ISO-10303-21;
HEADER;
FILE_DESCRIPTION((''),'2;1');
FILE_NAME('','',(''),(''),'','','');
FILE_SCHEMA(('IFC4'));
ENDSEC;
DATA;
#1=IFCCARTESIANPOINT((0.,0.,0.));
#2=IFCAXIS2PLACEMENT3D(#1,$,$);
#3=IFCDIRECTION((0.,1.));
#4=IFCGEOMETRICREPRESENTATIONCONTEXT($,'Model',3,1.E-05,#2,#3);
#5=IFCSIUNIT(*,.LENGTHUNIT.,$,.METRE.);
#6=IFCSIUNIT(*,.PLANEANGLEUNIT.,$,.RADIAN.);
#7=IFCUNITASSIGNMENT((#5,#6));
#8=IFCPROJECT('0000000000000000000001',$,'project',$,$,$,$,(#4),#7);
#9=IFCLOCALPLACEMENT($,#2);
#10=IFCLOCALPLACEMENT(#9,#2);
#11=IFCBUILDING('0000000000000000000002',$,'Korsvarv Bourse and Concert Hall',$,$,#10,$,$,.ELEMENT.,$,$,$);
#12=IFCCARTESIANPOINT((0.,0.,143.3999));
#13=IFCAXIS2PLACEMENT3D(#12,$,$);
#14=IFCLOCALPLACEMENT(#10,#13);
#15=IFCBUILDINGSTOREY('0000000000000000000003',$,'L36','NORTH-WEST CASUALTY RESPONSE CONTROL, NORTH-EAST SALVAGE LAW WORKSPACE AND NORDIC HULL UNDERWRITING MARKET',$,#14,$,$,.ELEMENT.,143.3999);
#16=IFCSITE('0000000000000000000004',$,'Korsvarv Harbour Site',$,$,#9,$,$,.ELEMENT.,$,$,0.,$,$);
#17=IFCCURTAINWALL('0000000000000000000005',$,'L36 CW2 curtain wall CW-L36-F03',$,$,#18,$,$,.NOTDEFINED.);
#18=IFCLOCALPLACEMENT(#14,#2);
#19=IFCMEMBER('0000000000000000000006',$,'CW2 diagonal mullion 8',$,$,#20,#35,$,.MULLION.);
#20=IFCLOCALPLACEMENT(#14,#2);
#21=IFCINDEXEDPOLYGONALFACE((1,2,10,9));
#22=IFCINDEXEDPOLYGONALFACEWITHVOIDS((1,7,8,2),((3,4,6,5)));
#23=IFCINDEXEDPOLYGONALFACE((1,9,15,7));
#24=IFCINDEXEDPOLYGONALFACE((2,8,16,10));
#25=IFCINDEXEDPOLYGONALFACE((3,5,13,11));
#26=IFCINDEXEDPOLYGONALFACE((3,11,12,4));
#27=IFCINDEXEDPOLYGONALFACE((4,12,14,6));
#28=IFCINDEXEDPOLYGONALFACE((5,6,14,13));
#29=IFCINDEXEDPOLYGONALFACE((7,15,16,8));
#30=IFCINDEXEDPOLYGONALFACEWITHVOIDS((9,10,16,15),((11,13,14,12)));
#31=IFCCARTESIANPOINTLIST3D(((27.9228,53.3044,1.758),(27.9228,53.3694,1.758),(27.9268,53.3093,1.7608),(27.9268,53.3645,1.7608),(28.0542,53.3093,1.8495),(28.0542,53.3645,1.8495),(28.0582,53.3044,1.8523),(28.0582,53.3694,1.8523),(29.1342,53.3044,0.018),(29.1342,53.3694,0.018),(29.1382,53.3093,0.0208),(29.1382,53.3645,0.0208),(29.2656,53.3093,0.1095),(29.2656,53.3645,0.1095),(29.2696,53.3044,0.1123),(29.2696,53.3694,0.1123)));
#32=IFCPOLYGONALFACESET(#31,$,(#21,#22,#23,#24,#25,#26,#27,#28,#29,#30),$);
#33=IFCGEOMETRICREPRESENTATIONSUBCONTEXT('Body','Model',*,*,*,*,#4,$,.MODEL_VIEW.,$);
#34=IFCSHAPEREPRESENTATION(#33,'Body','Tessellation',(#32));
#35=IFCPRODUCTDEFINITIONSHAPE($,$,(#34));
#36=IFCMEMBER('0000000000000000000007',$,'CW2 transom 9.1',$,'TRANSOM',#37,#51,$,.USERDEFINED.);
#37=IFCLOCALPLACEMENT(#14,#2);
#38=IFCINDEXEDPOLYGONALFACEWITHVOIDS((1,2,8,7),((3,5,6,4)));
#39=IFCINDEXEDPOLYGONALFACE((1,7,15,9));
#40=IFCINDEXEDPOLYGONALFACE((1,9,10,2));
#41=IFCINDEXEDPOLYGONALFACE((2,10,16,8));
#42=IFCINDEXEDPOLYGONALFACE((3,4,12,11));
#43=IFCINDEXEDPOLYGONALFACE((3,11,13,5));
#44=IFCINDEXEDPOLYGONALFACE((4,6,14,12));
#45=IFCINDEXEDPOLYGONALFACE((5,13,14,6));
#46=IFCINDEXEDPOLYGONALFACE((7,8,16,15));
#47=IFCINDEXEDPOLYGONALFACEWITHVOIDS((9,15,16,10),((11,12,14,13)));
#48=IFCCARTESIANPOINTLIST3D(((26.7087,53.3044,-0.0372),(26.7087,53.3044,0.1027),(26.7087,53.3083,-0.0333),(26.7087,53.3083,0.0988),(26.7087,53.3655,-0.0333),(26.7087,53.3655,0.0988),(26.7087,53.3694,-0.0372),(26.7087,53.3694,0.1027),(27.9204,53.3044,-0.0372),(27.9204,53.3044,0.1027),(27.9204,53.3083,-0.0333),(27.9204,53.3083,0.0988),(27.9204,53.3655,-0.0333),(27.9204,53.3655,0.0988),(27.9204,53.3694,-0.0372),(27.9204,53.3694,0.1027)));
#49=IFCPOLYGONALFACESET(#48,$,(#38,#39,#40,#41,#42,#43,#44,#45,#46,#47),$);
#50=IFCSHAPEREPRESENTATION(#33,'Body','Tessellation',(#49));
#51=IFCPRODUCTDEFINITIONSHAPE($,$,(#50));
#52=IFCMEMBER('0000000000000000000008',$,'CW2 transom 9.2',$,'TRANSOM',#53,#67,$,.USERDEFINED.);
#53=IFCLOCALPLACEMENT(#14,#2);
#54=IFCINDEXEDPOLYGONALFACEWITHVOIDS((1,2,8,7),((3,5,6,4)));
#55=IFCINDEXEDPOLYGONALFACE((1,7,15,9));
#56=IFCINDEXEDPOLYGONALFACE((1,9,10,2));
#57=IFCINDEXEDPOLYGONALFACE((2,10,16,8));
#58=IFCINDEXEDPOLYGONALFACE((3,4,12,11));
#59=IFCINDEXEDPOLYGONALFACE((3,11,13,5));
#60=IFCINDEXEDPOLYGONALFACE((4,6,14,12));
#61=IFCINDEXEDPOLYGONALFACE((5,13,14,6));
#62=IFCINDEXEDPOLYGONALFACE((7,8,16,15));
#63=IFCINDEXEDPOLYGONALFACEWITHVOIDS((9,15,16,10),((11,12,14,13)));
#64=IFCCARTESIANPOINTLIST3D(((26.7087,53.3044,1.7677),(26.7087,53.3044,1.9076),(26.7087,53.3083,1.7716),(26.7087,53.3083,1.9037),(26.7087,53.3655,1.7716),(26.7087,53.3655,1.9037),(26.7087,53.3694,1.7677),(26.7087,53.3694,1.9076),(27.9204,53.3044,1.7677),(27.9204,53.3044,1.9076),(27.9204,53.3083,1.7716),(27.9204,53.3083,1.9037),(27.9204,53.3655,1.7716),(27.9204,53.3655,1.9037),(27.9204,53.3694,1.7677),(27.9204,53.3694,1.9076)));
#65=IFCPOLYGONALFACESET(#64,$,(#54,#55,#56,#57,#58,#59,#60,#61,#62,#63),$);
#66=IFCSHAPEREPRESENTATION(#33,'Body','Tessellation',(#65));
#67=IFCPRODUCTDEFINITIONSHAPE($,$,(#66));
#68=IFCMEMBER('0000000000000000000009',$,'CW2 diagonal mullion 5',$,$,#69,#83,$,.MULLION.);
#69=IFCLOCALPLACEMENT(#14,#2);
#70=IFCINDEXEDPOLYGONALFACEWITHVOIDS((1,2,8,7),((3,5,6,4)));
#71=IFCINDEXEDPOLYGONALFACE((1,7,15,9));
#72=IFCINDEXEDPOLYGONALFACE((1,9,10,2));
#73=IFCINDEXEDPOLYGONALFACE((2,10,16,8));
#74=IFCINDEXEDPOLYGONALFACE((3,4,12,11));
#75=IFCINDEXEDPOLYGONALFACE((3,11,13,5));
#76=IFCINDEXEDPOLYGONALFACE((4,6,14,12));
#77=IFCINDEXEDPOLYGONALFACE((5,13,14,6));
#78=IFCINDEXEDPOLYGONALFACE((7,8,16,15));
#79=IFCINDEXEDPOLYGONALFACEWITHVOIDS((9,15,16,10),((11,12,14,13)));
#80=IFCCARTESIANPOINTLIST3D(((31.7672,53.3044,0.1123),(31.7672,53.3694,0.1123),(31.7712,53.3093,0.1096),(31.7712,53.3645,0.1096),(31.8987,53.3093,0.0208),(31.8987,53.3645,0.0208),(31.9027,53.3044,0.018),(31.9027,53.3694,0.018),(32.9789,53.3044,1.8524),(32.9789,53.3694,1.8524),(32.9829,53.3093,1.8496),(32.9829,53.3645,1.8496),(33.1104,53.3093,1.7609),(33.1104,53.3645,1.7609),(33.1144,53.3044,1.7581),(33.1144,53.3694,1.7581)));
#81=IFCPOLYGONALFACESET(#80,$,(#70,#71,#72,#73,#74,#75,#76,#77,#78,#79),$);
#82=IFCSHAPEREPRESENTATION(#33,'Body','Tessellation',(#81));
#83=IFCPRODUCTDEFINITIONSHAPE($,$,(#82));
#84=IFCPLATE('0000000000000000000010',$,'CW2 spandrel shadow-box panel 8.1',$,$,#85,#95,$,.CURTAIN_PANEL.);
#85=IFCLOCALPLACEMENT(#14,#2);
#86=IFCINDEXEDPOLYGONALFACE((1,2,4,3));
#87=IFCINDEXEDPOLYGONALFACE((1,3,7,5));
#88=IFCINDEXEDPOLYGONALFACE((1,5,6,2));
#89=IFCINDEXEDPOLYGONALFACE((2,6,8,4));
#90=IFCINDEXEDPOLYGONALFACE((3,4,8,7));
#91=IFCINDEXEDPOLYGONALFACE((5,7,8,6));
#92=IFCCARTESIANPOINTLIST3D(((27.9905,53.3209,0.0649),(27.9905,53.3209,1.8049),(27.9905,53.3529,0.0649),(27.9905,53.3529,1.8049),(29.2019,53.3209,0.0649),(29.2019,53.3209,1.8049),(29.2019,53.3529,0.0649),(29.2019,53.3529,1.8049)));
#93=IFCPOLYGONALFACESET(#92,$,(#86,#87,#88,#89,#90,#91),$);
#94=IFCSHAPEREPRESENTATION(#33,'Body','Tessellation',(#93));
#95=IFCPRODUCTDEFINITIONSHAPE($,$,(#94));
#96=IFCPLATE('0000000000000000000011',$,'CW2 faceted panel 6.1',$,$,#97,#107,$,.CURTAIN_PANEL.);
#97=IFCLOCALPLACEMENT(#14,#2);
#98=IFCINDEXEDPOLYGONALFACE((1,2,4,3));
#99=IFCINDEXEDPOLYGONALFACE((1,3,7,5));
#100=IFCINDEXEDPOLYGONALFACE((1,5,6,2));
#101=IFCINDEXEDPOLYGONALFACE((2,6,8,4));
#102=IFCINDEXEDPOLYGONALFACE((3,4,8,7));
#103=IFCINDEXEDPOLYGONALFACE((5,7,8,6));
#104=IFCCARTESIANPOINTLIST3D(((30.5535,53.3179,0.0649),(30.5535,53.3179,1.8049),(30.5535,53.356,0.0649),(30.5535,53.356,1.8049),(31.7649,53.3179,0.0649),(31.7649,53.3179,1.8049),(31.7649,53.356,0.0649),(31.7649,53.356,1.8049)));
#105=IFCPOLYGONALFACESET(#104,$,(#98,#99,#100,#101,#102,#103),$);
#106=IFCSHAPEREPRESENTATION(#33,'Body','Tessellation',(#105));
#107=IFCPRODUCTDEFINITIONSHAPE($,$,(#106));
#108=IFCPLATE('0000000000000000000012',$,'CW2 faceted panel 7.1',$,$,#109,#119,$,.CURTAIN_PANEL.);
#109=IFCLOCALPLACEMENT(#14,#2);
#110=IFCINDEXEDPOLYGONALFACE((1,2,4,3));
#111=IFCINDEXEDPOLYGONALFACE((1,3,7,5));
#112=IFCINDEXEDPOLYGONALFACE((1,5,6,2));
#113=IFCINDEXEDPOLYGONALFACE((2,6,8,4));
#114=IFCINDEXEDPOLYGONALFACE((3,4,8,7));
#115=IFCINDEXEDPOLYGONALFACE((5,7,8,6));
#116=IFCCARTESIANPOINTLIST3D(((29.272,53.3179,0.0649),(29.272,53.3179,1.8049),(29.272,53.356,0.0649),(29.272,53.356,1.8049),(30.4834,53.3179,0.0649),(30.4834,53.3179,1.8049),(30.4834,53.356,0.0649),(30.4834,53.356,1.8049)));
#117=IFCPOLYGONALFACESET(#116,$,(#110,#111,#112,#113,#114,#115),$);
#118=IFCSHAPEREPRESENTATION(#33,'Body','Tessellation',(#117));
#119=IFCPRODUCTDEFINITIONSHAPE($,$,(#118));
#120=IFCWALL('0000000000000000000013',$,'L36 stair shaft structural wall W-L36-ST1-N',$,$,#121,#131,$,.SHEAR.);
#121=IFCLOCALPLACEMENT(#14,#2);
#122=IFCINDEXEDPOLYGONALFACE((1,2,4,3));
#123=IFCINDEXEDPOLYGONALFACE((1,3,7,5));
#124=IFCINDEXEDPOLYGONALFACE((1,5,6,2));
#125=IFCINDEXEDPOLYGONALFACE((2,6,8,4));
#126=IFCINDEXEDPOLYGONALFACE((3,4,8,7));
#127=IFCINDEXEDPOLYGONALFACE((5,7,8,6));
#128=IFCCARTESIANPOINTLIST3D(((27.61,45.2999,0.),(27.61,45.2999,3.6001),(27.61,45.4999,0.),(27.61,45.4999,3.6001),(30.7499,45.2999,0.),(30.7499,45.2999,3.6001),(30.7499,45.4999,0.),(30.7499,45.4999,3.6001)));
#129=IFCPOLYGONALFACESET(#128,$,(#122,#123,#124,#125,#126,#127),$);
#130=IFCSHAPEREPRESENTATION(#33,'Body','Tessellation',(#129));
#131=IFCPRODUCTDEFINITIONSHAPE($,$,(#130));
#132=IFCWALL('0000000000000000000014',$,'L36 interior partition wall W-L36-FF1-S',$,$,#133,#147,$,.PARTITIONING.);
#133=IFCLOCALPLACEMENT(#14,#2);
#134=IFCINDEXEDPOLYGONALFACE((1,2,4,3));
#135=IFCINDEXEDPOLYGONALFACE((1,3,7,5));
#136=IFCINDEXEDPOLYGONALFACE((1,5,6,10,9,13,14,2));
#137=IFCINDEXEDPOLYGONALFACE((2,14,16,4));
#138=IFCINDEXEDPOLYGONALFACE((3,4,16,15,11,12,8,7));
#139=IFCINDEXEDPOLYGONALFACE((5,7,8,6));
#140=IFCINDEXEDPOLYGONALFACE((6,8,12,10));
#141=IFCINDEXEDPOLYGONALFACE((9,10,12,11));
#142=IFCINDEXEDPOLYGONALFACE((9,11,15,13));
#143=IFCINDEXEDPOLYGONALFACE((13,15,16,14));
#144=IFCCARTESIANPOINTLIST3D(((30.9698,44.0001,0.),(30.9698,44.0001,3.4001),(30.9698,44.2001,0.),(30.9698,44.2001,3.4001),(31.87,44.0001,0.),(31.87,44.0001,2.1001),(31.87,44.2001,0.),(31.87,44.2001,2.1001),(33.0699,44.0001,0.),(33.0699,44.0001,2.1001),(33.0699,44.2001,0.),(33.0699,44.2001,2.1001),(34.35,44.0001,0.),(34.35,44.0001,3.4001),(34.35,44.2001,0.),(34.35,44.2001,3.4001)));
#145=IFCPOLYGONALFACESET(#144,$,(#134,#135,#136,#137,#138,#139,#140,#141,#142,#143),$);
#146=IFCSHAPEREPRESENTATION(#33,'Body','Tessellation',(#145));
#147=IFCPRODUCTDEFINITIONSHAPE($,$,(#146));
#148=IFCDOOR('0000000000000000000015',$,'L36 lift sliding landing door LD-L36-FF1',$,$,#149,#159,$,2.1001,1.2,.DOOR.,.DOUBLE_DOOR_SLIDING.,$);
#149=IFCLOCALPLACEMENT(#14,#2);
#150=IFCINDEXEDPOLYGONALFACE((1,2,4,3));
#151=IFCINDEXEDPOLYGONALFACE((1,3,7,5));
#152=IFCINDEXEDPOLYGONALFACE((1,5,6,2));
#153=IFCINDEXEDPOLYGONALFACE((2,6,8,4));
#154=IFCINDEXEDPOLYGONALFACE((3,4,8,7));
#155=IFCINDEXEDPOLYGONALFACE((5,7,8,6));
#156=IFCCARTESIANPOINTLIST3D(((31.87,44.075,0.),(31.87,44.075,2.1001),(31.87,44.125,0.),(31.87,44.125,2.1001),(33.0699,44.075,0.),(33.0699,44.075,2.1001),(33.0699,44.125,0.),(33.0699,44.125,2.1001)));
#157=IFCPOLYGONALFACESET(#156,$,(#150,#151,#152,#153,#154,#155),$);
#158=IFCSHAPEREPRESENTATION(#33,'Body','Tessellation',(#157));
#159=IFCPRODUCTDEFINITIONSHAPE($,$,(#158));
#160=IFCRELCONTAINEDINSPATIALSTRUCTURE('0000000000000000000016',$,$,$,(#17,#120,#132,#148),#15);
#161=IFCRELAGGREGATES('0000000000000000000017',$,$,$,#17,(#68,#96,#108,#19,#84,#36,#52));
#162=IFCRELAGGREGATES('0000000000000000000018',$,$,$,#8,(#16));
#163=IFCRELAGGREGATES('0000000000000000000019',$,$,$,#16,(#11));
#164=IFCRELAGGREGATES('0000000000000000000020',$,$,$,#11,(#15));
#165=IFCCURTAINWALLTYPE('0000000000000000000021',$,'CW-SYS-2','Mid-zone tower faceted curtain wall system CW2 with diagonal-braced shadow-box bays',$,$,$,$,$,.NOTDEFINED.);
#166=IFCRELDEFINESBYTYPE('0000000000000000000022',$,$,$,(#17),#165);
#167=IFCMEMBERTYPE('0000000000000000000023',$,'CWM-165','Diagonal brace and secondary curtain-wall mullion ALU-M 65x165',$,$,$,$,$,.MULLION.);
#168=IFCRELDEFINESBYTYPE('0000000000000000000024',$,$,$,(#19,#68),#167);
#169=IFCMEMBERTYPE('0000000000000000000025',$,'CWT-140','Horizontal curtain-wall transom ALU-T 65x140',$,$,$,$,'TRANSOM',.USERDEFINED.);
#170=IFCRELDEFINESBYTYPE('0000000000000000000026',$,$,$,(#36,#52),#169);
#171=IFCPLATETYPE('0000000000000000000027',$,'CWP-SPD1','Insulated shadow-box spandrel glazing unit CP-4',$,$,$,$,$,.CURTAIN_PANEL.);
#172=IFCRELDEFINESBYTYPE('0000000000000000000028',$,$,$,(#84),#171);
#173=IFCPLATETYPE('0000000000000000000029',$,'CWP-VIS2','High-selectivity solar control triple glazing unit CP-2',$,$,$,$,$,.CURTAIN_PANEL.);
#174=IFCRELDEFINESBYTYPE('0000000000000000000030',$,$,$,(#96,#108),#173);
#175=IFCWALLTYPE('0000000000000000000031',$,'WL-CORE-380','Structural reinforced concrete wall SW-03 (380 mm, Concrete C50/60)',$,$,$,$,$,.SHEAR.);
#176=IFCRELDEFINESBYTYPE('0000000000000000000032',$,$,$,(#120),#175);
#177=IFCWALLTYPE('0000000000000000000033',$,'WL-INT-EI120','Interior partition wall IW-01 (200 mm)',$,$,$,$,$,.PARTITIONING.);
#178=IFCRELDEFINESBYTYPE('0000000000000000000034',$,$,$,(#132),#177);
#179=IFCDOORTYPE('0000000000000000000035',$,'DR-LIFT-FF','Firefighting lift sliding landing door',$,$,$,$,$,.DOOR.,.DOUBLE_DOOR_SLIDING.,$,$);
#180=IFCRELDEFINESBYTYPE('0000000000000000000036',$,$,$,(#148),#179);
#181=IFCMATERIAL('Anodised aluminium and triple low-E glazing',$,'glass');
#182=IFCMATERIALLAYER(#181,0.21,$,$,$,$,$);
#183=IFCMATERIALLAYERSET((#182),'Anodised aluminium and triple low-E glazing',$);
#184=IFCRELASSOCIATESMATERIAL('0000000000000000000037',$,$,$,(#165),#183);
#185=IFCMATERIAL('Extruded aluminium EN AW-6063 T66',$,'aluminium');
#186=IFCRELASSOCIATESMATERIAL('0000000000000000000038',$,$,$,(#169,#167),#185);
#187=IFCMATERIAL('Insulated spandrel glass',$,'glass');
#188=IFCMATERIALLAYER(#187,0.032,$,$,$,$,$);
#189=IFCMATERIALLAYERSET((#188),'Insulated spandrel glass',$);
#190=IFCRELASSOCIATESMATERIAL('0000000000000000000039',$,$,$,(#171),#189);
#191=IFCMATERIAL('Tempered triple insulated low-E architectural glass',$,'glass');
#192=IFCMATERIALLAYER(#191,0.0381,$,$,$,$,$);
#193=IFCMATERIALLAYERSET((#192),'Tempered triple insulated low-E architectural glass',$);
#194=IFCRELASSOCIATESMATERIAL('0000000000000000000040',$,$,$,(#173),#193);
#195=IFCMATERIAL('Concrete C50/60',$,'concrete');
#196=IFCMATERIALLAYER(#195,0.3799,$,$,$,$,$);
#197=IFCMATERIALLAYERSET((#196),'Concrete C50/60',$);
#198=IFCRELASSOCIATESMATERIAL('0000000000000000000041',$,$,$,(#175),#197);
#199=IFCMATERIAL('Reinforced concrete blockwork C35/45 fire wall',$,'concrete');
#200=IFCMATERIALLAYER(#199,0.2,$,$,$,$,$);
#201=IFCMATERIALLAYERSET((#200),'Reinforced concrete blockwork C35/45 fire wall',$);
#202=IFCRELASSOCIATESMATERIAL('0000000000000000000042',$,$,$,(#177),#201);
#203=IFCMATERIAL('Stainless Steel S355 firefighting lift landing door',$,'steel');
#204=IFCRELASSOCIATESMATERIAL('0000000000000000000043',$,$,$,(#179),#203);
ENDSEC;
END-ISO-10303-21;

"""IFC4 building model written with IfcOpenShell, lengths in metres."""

from ifc_helpers import new_model, si_unit, direction, frame, frame_2d, origin, origin_2d, place, context, subcontext, project, spatial, rectangle, hollow_rectangle, extrude, source, transform, mapped, material, layer, layer_set, material_profile, profile_set, type_object, element, fill, aggregate, save


model = new_model("IFC4")

# Units and contexts
model_context = context("Model", 3, precision=1e-05, world=origin(), true_north=direction((0.0, 1.0)))
body_context = subcontext(model_context, "Body", "Model", "MODEL_VIEW")
ifc_project = project(units=[si_unit("LENGTHUNIT", "METRE"), si_unit("PLANEANGLEUNIT", "RADIAN")], contexts=[model_context])

# Site, building, storey
site_placement = place(None, origin())
site = spatial("IfcSite", under=ifc_project, at=site_placement, Name="Korsvarv Harbour Site", CompositionType="ELEMENT", RefElevation=0.0)
building_placement = place(site_placement, origin())
building = spatial("IfcBuilding", under=site, at=building_placement, Name="Korsvarv Bourse and Concert Hall", CompositionType="ELEMENT")
storey_placement = place(building_placement, frame((0.0, 0.0, 143.3999)))
storey = spatial("IfcBuildingStorey", under=building, at=storey_placement, Name="L36", Description="NORTH-WEST CASUALTY RESPONSE CONTROL, NORTH-EAST SALVAGE LAW WORKSPACE AND NORDIC HULL UNDERWRITING MARKET", CompositionType="ELEMENT", Elevation=143.3999)

# Curtain wall, members, plates
ifc_material_1 = material(Name="Anodised aluminium and triple low-E glazing", Category="glass")
ifc_layer_1 = layer(ifc_material_1, 0.21)
ifc_layer_set_1 = layer_set([ifc_layer_1], Name="Anodised aluminium and triple low-E glazing")
curtain_wall_type = type_object("IfcCurtainWallType", Name="CW-SYS-2", Description="Mid-zone tower faceted curtain wall system CW2 with diagonal-braced shadow-box bays", PredefinedType="NOTDEFINED", material=ifc_layer_set_1)
curtain_wall_placement = place(storey_placement, origin())
curtain_wall = element("IfcCurtainWall", 1, at=curtain_wall_placement, inside=storey, type_object=curtain_wall_type, Name="L36 CW2 curtain wall CW-L36-F03", PredefinedType="NOTDEFINED")
ifc_material_2 = material(Name="Extruded aluminium EN AW-6063 T66", Category="aluminium")
ifc_material_profile_1 = material_profile(ifc_material_2, hollow_rectangle(XDim=0.0649, YDim=0.1399, WallThickness=0.0039, at=origin_2d()), Name="ALU-T 65x140")
ifc_profile_set_1 = profile_set([ifc_material_profile_1], Name="Extruded aluminium EN AW-6063 T66")
member_type_1 = type_object("IfcMemberType", Name="CWT-140", Description="Horizontal curtain-wall transom ALU-T 65x140", ElementType="TRANSOM", PredefinedType="USERDEFINED", material=ifc_profile_set_1)
ifc_material_profile_2 = material_profile(ifc_material_2, hollow_rectangle(XDim=0.0649, YDim=0.165, WallThickness=0.0049, at=origin_2d()), Name="ALU-M 65x165")
ifc_profile_set_2 = profile_set([ifc_material_profile_2], Name="Extruded aluminium EN AW-6063 T66")
member_type_2 = type_object("IfcMemberType", Name="CWM-165", Description="Diagonal brace and secondary curtain-wall mullion ALU-M 65x165", PredefinedType="MULLION", material=ifc_profile_set_2)
shared_shape_1 = source(origin(), body_context, "Body", "SweptSolid", [
    extrude(hollow_rectangle(XDim=0.0649, YDim=0.165, WallThickness=0.0049, at=origin_2d()), origin(), (0.0, 0.0, 1.0), 2.1201),
])
member_1_placement = place(storey_placement, frame((29.2019, 53.3369, 0.0652), z_axis=(-0.571382, 0.0, 0.820685), x_axis=(0.0, -1.0, 0.0)))
member_1 = element("IfcMember", 2, at=member_1_placement, type_object=member_type_2, Name="CW2 diagonal mullion 8", PredefinedType="MULLION", context=body_context, shape_type="MappedRepresentation", body=[
    mapped(shared_shape_1, transform((0.0, 0.0, 0.0), scale=1.0)),
])
shared_shape_2 = source(origin(), body_context, "Body", "SweptSolid", [
    extrude(hollow_rectangle(XDim=0.0649, YDim=0.1399, WallThickness=0.0039, at=origin_2d()), origin(), (0.0, 0.0, 1.0), 1.2117),
])
member_2_placement = place(storey_placement, frame((27.9204, 53.3369, 0.0327), z_axis=(-1.0, 0.0, 0.0), x_axis=(0.0, -1.0, 0.0)))
member_2 = element("IfcMember", 3, at=member_2_placement, type_object=member_type_1, Name="CW2 transom 9.1", ObjectType="TRANSOM", PredefinedType="USERDEFINED", context=body_context, shape_type="MappedRepresentation", body=[
    mapped(shared_shape_2, transform((0.0, 0.0, 0.0), scale=1.0)),
])
member_3_placement = place(storey_placement, frame((27.9204, 53.3369, 1.8376), z_axis=(-1.0, 0.0, 0.0), x_axis=(0.0, -1.0, 0.0)))
member_3 = element("IfcMember", 4, at=member_3_placement, type_object=member_type_1, Name="CW2 transom 9.2", ObjectType="TRANSOM", PredefinedType="USERDEFINED", context=body_context, shape_type="MappedRepresentation", body=[
    mapped(shared_shape_2, transform((0.0, 0.0, 0.0), scale=1.0)),
])
shared_shape_3 = source(origin(), body_context, "Body", "SweptSolid", [
    extrude(hollow_rectangle(XDim=0.0649, YDim=0.165, WallThickness=0.0049, at=origin_2d()), origin(), (0.0, 0.0, 1.0), 2.1204),
])
member_4_placement = place(storey_placement, frame((31.835, 53.3369, 0.0652), z_axis=(0.571459, 0.0, 0.820631), x_axis=(0.0, 1.0, 0.0)))
member_4 = element("IfcMember", 5, at=member_4_placement, type_object=member_type_2, Name="CW2 diagonal mullion 5", PredefinedType="MULLION", context=body_context, shape_type="MappedRepresentation", body=[
    mapped(shared_shape_3, transform((0.0, 0.0, 0.0), scale=1.0)),
])
ifc_material_3 = material(Name="Insulated spandrel glass", Category="glass")
ifc_layer_2 = layer(ifc_material_3, 0.032)
ifc_layer_set_2 = layer_set([ifc_layer_2], Name="Insulated spandrel glass")
plate_type_1 = type_object("IfcPlateType", Name="CWP-SPD1", Description="Insulated shadow-box spandrel glazing unit CP-4", PredefinedType="CURTAIN_PANEL", material=ifc_layer_set_2)
shared_shape_4 = source(origin(), body_context, "Body", "SweptSolid", [
    extrude(rectangle(XDim=1.2114, YDim=0.032, at=origin_2d()), origin(), (0.0, 0.0, 1.0), 1.74),
])
plate_1_placement = place(storey_placement, frame((28.5962, 53.3369, 0.0649), z_axis=(0.0, 0.0, 1.0), x_axis=(-1.0, 0.0, 0.0)))
plate_1 = element("IfcPlate", 6, at=plate_1_placement, type_object=plate_type_1, Name="CW2 spandrel shadow-box panel 8.1", PredefinedType="CURTAIN_PANEL", context=body_context, shape_type="MappedRepresentation", body=[
    mapped(shared_shape_4, transform((0.0, 0.0, 0.0), scale=1.0)),
])
ifc_material_4 = material(Name="Tempered triple insulated low-E architectural glass", Category="glass")
ifc_layer_3 = layer(ifc_material_4, 0.0381)
ifc_layer_set_3 = layer_set([ifc_layer_3], Name="Tempered triple insulated low-E architectural glass")
plate_type_2 = type_object("IfcPlateType", Name="CWP-VIS2", Description="High-selectivity solar control triple glazing unit CP-2", PredefinedType="CURTAIN_PANEL", material=ifc_layer_set_3)
shared_shape_5 = source(origin(), body_context, "Body", "SweptSolid", [
    extrude(rectangle(XDim=1.2114, YDim=0.0381, at=origin_2d()), origin(), (0.0, 0.0, 1.0), 1.74),
])
plate_2_placement = place(storey_placement, frame((31.1592, 53.3369, 0.0649), z_axis=(0.0, 0.0, 1.0), x_axis=(-1.0, 0.0, 0.0)))
plate_2 = element("IfcPlate", 7, at=plate_2_placement, type_object=plate_type_2, Name="CW2 faceted panel 6.1", PredefinedType="CURTAIN_PANEL", context=body_context, shape_type="MappedRepresentation", body=[
    mapped(shared_shape_5, transform((0.0, 0.0, 0.0), scale=1.0)),
])
plate_3_placement = place(storey_placement, frame((29.8777, 53.3369, 0.0649), z_axis=(0.0, 0.0, 1.0), x_axis=(-1.0, 0.0, 0.0)))
plate_3 = element("IfcPlate", 8, at=plate_3_placement, type_object=plate_type_2, Name="CW2 faceted panel 7.1", PredefinedType="CURTAIN_PANEL", context=body_context, shape_type="MappedRepresentation", body=[
    mapped(shared_shape_5, transform((0.0, 0.0, 0.0), scale=1.0)),
])
aggregate(curtain_wall, [member_4, plate_2, plate_3, member_1, plate_1, member_2, member_3])

# Wall
ifc_material_5 = material(Name="Concrete C50/60", Category="concrete")
ifc_layer_4 = layer(ifc_material_5, 0.3799)
ifc_layer_set_4 = layer_set([ifc_layer_4], Name="Concrete C50/60")
wall_type_1 = type_object("IfcWallType", Name="WL-CORE-380", Description="Structural reinforced concrete wall SW-03 (380 mm, Concrete C50/60)", PredefinedType="SHEAR", material=ifc_layer_set_4)
wall_1_placement = place(storey_placement, frame((27.6101, 45.3999, 0.0), z_axis=(0.0, 0.0, 1.0), x_axis=(1.0, 0.0, 0.0)))
element("IfcWall", 9, at=wall_1_placement, inside=storey, type_object=wall_type_1, Name="L36 stair shaft structural wall W-L36-ST1-N", PredefinedType="SHEAR", context=body_context, shape_type="SweptSolid", body=[
    extrude(rectangle(XDim=3.1399, YDim=0.2, at=frame_2d((1.5698, 0.0))), origin(), (0.0, 0.0, 1.0), 3.6001),
])

# Wall, opening, door
ifc_material_6 = material(Name="Reinforced concrete blockwork C35/45 fire wall", Category="concrete")
ifc_layer_5 = layer(ifc_material_6, 0.2)
ifc_layer_set_5 = layer_set([ifc_layer_5], Name="Reinforced concrete blockwork C35/45 fire wall")
wall_type_2 = type_object("IfcWallType", Name="WL-INT-EI120", Description="Interior partition wall IW-01 (200 mm)", PredefinedType="PARTITIONING", material=ifc_layer_set_5)
wall_2_placement = place(storey_placement, frame((30.97, 44.1001, 0.0), z_axis=(0.0, 0.0, 1.0), x_axis=(1.0, 0.0, 0.0)))
wall_2 = element("IfcWall", 10, at=wall_2_placement, inside=storey, type_object=wall_type_2, Name="L36 interior partition wall W-L36-FF1-S", PredefinedType="PARTITIONING", context=body_context, shape_type="SweptSolid", body=[
    extrude(rectangle(XDim=3.3801, YDim=0.2, at=frame_2d((1.6899, 0.0))), origin(), (0.0, 0.0, 1.0), 3.4001),
])
opening_placement = place(wall_2_placement, frame((0.8999, 0.0, 0.0)))
opening = element("IfcOpeningElement", 11, at=opening_placement, cuts=wall_2, PredefinedType="OPENING", context=body_context, shape_type="SweptSolid", body=[
    extrude(rectangle(XDim=1.2, YDim=2.1001, at=frame_2d((0.6001, 1.05))), frame((0.0, 0.1099, 0.0), z_axis=(0.0, -1.0, 0.0), x_axis=(1.0, 0.0, 0.0)), (0.0, 0.0, 1.0), 0.22),
])
ifc_material_7 = material(Name="Stainless Steel S355 firefighting lift landing door", Category="steel")
door_type = type_object("IfcDoorType", Name="DR-LIFT-FF", Description="Firefighting lift sliding landing door", OperationType="DOUBLE_DOOR_SLIDING", PredefinedType="DOOR", material=ifc_material_7)
door_placement = place(opening_placement, origin())
door = element("IfcDoor", 12, at=door_placement, inside=storey, type_object=door_type, Name="L36 lift sliding landing door LD-L36-FF1", OperationType="DOUBLE_DOOR_SLIDING", OverallHeight=2.1001, OverallWidth=1.2, PredefinedType="DOOR", context=body_context, shape_type="SweptSolid", body=[
    extrude(rectangle(XDim=1.2, YDim=2.1001, at=frame_2d((0.6001, 1.05))), frame((0.0, 0.0249, 0.0), z_axis=(0.0, -1.0, 0.0), x_axis=(1.0, 0.0, 0.0)), (0.0, 0.0, 1.0), 0.05),
])
fill(opening, door)

save(model, "model.ifc")
